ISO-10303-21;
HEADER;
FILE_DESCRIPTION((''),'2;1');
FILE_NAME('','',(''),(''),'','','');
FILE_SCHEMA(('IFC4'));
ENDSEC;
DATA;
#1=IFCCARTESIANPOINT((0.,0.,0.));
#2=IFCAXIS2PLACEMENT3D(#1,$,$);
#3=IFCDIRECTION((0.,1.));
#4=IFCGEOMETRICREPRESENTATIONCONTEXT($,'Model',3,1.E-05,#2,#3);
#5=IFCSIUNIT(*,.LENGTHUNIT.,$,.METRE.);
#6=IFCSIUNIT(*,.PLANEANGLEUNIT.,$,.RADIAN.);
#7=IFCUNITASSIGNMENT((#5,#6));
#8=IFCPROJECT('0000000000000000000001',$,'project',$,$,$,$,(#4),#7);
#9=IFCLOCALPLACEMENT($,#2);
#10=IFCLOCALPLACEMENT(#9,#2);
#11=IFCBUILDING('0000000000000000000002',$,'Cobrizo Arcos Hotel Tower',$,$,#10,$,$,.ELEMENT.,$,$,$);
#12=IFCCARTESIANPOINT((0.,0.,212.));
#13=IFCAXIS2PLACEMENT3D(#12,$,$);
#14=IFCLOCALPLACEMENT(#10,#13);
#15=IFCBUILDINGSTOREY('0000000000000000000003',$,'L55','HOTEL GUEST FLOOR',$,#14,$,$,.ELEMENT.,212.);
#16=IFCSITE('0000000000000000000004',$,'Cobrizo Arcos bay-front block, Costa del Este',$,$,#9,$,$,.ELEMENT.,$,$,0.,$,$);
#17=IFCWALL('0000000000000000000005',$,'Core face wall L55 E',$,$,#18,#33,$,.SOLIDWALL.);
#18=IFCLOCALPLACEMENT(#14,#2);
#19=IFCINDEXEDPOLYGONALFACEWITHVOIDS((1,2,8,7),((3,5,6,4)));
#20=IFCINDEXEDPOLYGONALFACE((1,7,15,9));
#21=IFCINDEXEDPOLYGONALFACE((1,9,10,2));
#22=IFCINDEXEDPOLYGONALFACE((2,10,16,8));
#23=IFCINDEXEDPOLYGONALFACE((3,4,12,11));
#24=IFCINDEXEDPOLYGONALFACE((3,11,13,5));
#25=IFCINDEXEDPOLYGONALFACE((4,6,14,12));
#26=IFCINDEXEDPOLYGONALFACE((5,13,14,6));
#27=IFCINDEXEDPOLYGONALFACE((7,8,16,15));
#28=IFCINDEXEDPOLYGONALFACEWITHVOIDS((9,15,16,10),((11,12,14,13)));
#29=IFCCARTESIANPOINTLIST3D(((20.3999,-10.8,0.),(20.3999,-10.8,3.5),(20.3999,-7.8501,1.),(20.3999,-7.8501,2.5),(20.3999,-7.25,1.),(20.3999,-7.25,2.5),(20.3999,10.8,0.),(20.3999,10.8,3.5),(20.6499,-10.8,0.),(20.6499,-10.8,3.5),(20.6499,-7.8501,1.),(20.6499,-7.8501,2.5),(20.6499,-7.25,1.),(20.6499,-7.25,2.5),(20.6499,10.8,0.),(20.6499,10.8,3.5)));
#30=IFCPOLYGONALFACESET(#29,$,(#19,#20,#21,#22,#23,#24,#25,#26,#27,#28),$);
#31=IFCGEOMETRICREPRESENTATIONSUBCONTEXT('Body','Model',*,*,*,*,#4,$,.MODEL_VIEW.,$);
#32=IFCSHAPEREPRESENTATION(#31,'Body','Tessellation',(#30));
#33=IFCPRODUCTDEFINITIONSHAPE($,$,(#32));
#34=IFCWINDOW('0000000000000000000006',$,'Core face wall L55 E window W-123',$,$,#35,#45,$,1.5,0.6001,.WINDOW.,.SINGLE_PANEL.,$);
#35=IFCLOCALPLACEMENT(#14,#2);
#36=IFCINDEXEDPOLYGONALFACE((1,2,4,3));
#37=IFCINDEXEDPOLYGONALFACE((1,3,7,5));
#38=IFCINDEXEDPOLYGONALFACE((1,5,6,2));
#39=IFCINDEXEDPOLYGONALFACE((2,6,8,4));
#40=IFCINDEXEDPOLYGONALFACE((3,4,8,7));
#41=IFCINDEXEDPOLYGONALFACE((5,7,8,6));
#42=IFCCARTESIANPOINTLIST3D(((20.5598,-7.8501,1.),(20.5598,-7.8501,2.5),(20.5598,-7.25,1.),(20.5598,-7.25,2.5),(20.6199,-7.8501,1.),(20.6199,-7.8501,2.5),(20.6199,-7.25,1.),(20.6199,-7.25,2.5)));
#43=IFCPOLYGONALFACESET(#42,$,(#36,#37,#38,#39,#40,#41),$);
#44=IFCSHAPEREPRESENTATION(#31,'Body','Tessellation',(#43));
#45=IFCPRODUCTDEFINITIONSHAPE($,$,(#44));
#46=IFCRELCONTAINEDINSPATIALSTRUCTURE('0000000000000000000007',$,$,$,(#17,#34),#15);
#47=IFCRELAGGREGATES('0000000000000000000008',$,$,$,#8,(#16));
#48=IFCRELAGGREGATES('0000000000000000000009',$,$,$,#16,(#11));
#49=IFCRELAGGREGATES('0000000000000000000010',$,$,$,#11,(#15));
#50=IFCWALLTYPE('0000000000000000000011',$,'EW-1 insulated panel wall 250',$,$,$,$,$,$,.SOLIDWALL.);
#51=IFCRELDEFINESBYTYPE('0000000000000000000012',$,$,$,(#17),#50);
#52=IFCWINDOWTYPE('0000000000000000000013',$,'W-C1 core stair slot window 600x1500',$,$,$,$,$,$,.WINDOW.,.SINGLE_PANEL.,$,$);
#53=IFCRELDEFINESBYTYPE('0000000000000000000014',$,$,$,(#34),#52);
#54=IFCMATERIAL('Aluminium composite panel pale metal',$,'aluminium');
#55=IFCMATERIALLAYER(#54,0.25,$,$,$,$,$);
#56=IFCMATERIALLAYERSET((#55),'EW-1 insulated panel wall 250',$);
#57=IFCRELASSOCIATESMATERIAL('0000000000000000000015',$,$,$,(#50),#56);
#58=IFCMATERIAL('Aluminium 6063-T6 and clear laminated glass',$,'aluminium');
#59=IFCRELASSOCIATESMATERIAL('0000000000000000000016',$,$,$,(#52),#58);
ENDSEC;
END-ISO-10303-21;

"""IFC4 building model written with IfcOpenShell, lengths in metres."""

from ifc_helpers import new_model, si_unit, direction, frame, frame_2d, origin, place, context, subcontext, project, spatial, rectangle, extrude, material, layer, layer_set, type_object, element, fill, save


model = new_model("IFC4")

# Units and contexts
model_context = context("Model", 3, precision=1e-05, world=origin(), true_north=direction((0.0, 1.0)))
body_context = subcontext(model_context, "Body", "Model", "MODEL_VIEW")
ifc_project = project(units=[si_unit("LENGTHUNIT", "METRE"), si_unit("PLANEANGLEUNIT", "RADIAN")], contexts=[model_context])

# Site, building, storey
site_placement = place(None, origin())
site = spatial("IfcSite", under=ifc_project, at=site_placement, Name="Cobrizo Arcos bay-front block, Costa del Este", CompositionType="ELEMENT", RefElevation=0.0)
building_placement = place(site_placement, origin())
building = spatial("IfcBuilding", under=site, at=building_placement, Name="Cobrizo Arcos Hotel Tower", CompositionType="ELEMENT")
storey_placement = place(building_placement, frame((0.0, 0.0, 212.0)))
storey = spatial("IfcBuildingStorey", under=building, at=storey_placement, Name="L55", Description="HOTEL GUEST FLOOR", CompositionType="ELEMENT", Elevation=212.0)

# Wall, opening, window
ifc_material_1 = material(Name="Aluminium composite panel pale metal", Category="aluminium")
ifc_layer_1 = layer(ifc_material_1, 0.25)
ifc_layer_set_1 = layer_set([ifc_layer_1], Name="EW-1 insulated panel wall 250")
wall_type_1 = type_object("IfcWallType", Name="EW-1 insulated panel wall 250", PredefinedType="SOLIDWALL", material=ifc_layer_set_1)
wall_1_placement = place(storey_placement, frame((20.5249, -10.8, 0.0), z_axis=(0.0, 0.0, 1.0), x_axis=(0.0, 1.0, 0.0)))
wall_1 = element("IfcWall", 1, at=wall_1_placement, inside=storey, type_object=wall_type_1, Name="Core face wall L55 E", PredefinedType="SOLIDWALL", context=body_context, shape_type="SweptSolid", body=[
    extrude(rectangle(XDim=21.6001, YDim=0.25, at=frame_2d((10.8, 0.0))), origin(), (0.0, 0.0, 1.0), 3.5),
])
opening_1_placement = place(wall_1_placement, frame((2.95, 0.0, 1.0)))
opening_1 = element("IfcOpeningElement", 2, at=opening_1_placement, cuts=wall_1, PredefinedType="OPENING", context=body_context, shape_type="SweptSolid", body=[
    extrude(rectangle(XDim=0.6001, YDim=1.5, at=frame_2d((0.3, 0.75))), frame((0.0, 0.137, 0.0), z_axis=(0.0, -1.0, 0.0), x_axis=(1.0, 0.0, 0.0)), (0.0, 0.0, 1.0), 0.2739),
])
ifc_material_2 = material(Name="Aluminium 6063-T6 and clear laminated glass", Category="aluminium")
window_type = type_object("IfcWindowType", Name="W-C1 core stair slot window 600x1500", PartitioningType="SINGLE_PANEL", PredefinedType="WINDOW", material=ifc_material_2)
window_placement = place(opening_1_placement, origin())
window = element("IfcWindow", 3, at=window_placement, inside=storey, type_object=window_type, Name="Core face wall L55 E window W-123", OverallHeight=1.5, OverallWidth=0.6001, PartitioningType="SINGLE_PANEL", PredefinedType="WINDOW", context=body_context, shape_type="SweptSolid", body=[
    extrude(rectangle(XDim=0.6001, YDim=1.5, at=frame_2d((0.3, 0.75))), frame((0.0, -0.0349, 0.0), z_axis=(0.0, -1.0, 0.0), x_axis=(1.0, 0.0, 0.0)), (0.0, 0.0, 1.0), 0.0601),
])
fill(opening_1, window)

save(model, "model.ifc")
